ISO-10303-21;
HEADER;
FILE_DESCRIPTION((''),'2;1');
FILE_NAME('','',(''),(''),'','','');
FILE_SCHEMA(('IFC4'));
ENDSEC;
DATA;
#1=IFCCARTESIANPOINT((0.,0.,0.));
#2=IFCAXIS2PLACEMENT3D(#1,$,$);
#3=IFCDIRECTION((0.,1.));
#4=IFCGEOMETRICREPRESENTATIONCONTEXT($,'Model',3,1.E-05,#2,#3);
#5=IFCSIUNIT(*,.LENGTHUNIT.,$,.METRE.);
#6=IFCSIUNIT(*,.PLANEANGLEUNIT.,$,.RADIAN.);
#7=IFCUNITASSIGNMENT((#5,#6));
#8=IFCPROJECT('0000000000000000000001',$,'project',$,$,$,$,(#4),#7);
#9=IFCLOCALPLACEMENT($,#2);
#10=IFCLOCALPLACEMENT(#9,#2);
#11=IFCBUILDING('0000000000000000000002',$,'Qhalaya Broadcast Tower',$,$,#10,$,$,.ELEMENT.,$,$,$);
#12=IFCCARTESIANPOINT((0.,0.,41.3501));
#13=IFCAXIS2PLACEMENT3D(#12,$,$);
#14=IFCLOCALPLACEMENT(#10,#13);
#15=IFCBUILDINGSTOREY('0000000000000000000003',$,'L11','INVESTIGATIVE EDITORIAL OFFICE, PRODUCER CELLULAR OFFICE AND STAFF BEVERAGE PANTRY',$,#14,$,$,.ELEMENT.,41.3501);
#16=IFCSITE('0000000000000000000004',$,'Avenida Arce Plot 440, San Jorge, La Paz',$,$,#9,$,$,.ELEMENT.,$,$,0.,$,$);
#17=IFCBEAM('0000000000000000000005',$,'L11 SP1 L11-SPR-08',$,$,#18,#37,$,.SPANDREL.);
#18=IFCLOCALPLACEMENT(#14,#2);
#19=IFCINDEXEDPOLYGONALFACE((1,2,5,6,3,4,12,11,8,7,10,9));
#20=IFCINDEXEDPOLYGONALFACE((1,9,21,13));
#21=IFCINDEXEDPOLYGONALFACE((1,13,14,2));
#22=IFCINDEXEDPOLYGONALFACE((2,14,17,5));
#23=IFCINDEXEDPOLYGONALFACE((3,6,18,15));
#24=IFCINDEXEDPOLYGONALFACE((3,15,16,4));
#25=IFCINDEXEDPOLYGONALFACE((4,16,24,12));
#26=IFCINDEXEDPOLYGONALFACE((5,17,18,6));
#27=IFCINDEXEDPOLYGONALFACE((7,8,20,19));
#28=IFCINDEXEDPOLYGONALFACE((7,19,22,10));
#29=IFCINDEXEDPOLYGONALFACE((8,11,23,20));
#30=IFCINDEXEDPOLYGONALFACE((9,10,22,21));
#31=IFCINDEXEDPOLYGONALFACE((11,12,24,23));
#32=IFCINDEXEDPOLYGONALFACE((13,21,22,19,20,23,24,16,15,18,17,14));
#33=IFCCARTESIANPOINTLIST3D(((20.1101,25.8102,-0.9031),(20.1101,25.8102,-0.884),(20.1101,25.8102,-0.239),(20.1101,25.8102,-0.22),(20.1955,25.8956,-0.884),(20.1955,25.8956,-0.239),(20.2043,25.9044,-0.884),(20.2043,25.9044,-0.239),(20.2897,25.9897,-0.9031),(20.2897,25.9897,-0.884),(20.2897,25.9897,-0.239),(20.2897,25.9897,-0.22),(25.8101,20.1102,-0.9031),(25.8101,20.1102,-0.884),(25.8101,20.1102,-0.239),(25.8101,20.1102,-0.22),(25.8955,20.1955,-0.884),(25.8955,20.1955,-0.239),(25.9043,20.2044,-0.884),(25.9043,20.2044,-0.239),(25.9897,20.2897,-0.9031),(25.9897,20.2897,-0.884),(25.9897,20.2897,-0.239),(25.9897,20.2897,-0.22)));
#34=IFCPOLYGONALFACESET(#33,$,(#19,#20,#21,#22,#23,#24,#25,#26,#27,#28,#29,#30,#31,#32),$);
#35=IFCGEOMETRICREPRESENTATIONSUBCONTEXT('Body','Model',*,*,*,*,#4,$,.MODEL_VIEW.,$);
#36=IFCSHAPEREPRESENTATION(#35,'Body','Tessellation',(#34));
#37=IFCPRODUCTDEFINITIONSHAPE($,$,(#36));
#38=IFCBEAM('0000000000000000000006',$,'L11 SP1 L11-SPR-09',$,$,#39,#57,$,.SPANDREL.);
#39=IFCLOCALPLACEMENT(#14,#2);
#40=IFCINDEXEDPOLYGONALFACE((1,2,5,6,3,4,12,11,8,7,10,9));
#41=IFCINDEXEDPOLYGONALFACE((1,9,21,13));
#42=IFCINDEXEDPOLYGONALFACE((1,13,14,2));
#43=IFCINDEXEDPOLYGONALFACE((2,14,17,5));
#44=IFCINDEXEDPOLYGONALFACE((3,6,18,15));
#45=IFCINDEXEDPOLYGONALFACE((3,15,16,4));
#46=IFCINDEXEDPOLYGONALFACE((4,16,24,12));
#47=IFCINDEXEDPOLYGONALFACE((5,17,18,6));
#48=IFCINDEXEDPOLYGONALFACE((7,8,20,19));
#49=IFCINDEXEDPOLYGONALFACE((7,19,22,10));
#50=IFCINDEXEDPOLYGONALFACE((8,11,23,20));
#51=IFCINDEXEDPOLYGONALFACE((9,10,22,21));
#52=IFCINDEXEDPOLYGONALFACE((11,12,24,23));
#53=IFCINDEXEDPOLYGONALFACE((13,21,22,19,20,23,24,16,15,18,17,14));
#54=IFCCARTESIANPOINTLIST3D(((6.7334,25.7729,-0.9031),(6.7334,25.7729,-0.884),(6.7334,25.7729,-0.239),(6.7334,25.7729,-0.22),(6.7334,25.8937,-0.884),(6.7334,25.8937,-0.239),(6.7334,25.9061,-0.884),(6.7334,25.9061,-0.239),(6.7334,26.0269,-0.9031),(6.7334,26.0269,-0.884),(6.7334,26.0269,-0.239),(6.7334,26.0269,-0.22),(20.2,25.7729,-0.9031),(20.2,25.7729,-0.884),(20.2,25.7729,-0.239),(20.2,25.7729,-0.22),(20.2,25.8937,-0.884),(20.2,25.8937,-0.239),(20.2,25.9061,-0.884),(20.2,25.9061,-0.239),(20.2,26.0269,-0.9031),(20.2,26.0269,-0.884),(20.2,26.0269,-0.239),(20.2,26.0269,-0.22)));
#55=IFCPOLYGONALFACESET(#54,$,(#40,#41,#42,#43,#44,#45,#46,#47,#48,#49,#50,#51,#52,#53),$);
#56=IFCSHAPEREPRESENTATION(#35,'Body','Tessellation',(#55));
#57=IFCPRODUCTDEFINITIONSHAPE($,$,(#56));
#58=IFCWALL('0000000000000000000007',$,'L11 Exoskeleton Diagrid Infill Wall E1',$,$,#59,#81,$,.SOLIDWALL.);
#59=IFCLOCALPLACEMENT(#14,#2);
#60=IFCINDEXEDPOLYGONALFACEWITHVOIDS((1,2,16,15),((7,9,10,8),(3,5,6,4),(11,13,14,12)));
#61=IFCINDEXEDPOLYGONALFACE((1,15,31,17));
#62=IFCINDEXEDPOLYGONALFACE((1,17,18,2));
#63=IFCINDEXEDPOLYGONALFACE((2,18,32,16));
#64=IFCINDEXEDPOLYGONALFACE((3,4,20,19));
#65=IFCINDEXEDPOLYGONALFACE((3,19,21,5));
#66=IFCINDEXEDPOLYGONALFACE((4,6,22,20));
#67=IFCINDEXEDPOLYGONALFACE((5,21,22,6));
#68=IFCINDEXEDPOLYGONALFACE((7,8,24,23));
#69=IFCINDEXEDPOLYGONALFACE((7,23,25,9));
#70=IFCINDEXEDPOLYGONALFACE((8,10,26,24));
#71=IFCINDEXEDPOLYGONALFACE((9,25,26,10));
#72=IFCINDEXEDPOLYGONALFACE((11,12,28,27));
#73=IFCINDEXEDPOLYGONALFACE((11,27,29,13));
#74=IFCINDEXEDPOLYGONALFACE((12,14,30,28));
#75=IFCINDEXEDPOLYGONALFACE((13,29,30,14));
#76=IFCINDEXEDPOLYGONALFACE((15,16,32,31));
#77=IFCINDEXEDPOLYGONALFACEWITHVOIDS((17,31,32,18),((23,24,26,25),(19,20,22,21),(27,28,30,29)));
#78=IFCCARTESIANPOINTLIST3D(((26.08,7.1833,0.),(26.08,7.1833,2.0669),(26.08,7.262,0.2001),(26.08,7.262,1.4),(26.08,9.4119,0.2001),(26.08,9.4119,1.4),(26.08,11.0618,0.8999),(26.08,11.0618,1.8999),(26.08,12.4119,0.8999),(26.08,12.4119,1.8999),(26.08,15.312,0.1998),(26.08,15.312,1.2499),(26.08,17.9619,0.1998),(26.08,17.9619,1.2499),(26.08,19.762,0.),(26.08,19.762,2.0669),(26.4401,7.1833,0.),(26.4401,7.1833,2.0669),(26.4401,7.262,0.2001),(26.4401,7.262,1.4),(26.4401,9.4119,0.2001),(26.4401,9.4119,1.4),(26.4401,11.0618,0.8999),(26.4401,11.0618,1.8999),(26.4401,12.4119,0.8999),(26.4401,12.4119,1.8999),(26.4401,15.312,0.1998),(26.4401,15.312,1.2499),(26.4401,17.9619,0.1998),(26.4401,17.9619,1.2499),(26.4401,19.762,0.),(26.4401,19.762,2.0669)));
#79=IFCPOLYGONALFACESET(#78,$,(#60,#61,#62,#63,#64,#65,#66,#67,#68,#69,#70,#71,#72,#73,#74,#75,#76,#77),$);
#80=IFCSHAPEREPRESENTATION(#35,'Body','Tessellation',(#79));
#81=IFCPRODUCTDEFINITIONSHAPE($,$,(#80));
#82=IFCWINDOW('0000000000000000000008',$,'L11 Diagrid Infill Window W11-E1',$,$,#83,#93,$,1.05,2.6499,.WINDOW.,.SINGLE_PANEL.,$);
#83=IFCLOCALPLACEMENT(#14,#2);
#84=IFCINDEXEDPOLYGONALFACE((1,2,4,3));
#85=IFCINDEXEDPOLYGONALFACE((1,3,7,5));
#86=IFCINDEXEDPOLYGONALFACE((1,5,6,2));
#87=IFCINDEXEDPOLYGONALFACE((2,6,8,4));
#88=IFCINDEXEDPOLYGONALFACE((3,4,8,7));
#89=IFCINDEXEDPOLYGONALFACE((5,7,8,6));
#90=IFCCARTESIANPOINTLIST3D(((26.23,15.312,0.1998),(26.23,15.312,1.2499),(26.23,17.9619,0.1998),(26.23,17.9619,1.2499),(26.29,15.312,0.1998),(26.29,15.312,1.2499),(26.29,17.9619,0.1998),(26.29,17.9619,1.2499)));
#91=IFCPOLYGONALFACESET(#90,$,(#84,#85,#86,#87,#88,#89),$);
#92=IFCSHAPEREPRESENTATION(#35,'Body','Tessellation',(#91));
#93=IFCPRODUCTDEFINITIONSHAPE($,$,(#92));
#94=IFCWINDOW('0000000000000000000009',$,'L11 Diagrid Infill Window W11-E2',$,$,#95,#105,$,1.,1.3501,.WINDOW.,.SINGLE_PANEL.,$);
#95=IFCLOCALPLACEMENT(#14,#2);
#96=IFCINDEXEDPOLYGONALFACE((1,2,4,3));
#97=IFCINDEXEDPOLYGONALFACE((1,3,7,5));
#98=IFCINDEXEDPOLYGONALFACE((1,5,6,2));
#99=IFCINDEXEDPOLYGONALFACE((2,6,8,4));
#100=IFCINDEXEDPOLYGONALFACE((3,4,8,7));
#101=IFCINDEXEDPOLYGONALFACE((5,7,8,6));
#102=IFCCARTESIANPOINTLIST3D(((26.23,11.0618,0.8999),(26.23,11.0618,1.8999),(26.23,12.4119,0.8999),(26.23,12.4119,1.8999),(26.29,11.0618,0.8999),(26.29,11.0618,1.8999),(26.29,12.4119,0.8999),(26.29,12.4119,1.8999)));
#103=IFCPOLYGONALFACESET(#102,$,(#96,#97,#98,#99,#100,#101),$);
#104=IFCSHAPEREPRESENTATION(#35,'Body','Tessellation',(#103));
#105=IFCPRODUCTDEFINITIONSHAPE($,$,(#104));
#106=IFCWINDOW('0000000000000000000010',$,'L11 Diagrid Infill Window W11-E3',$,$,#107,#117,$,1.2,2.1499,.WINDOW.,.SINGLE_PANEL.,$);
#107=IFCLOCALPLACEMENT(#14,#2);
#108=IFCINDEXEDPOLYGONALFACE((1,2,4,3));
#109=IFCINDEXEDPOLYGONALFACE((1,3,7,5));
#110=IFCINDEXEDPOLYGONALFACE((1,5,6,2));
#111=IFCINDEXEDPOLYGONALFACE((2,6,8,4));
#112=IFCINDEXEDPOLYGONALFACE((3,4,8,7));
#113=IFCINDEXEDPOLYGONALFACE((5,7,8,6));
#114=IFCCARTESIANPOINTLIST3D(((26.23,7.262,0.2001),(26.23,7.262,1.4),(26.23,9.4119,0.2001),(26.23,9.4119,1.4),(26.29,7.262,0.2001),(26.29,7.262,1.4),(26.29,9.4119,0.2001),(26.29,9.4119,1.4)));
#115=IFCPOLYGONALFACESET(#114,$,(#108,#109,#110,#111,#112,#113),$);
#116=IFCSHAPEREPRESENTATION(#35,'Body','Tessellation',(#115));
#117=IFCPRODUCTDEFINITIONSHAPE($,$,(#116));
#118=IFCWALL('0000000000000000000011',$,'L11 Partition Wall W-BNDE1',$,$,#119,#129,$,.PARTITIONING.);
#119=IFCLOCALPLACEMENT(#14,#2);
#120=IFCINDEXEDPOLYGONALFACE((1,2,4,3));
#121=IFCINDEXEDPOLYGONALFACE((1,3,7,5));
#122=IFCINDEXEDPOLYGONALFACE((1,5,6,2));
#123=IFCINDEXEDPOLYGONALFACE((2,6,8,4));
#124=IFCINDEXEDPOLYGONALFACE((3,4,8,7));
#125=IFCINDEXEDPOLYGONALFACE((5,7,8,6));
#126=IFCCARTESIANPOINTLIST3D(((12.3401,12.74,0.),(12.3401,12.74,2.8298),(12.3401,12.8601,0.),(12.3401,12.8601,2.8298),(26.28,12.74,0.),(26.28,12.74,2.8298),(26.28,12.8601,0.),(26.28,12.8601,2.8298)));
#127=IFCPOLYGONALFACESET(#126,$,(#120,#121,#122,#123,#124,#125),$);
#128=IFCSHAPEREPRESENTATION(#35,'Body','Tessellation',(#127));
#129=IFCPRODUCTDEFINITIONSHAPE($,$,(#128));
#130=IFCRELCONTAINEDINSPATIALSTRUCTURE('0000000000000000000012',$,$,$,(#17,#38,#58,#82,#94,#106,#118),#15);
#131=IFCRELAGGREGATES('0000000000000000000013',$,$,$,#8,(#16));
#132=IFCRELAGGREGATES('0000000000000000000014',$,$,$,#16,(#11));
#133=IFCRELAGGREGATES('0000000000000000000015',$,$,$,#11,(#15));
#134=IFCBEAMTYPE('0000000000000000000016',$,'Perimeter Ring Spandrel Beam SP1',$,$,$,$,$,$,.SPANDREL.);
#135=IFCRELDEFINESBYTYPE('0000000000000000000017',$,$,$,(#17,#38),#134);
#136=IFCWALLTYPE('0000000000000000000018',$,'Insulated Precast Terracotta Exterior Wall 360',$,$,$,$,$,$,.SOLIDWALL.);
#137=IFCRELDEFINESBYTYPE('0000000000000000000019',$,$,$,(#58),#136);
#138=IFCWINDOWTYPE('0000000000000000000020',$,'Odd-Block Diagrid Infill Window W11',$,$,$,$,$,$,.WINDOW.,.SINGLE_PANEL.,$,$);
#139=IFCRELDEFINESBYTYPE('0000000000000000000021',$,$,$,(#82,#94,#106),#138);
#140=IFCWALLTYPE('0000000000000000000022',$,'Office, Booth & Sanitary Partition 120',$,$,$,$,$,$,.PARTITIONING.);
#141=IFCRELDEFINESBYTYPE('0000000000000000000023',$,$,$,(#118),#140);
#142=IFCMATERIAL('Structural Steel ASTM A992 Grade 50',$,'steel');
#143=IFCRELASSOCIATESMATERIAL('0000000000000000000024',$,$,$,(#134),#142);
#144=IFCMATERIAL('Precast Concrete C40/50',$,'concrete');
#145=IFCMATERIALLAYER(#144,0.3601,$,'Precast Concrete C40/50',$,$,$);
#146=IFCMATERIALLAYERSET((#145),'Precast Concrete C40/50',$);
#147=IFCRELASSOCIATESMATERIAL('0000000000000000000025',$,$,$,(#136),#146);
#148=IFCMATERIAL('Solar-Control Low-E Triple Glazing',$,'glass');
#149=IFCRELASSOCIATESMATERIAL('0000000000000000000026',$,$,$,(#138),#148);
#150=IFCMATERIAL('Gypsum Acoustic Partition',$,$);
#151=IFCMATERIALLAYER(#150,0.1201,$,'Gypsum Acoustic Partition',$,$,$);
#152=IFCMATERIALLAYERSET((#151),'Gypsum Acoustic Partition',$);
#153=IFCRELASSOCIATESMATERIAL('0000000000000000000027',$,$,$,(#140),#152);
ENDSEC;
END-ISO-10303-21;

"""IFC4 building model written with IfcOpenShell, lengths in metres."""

from ifc_helpers import new_model, si_unit, direction, frame, frame_2d, origin, origin_2d, place, context, subcontext, project, spatial, rectangle, i_section, extrude, material, layer, layer_set, material_profile, profile_set, type_object, element, fill, save


model = new_model("IFC4")

# Units and contexts
model_context = context("Model", 3, precision=1e-05, world=origin(), true_north=direction((0.0, 1.0)))
body_context = subcontext(model_context, "Body", "Model", "MODEL_VIEW")
ifc_project = project(units=[si_unit("LENGTHUNIT", "METRE"), si_unit("PLANEANGLEUNIT", "RADIAN")], contexts=[model_context])

# Site, building, storey
site_placement = place(None, origin())
site = spatial("IfcSite", under=ifc_project, at=site_placement, Name="Avenida Arce Plot 440, San Jorge, La Paz", CompositionType="ELEMENT", RefElevation=0.0)
building_placement = place(site_placement, origin())
building = spatial("IfcBuilding", under=site, at=building_placement, Name="Qhalaya Broadcast Tower", CompositionType="ELEMENT")
storey_placement = place(building_placement, frame((0.0, 0.0, 41.3501)))
storey = spatial("IfcBuildingStorey", under=building, at=storey_placement, Name="L11", Description="INVESTIGATIVE EDITORIAL OFFICE, PRODUCER CELLULAR OFFICE AND STAFF BEVERAGE PANTRY", CompositionType="ELEMENT", Elevation=41.3501)

# Shared definitions
ifc_material_1 = material(Name="Structural Steel ASTM A992 Grade 50", Category="steel")

# Beams
ifc_material_profile_1 = material_profile(ifc_material_1, i_section(OverallWidth=0.2539, OverallDepth=0.6831, WebThickness=0.0125, FlangeThickness=0.019, at=origin_2d()), Name="W27X94")
ifc_profile_set_1 = profile_set([ifc_material_profile_1], Name="Structural Steel ASTM A992 Grade 50")
beam_type_1 = type_object("IfcBeamType", Name="Perimeter Ring Spandrel Beam SP1", PredefinedType="SPANDREL", material=ifc_profile_set_1)
beam_1_placement = place(storey_placement, frame((25.8999, 20.2, -0.5615), z_axis=(-0.707107, 0.707107, 0.0), x_axis=(-0.707107, -0.707107, 0.0)))
element("IfcBeam", 1, at=beam_1_placement, inside=storey, type_object=beam_type_1, Name="L11 SP1 L11-SPR-08", PredefinedType="SPANDREL", context=body_context, shape_type="SweptSolid", body=[
    extrude(i_section(OverallWidth=0.2539, OverallDepth=0.6831, WebThickness=0.0125, FlangeThickness=0.019, at=origin_2d()), origin(), (0.0, 0.0, 1.0), 8.061),
])
beam_2_placement = place(storey_placement, frame((20.2, 25.8999, -0.5615), z_axis=(-1.0, 0.0, 0.0), x_axis=(0.0, -1.0, 0.0)))
element("IfcBeam", 2, at=beam_2_placement, inside=storey, type_object=beam_type_1, Name="L11 SP1 L11-SPR-09", PredefinedType="SPANDREL", context=body_context, shape_type="SweptSolid", body=[
    extrude(i_section(OverallWidth=0.2539, OverallDepth=0.6831, WebThickness=0.0125, FlangeThickness=0.019, at=origin_2d()), origin(), (0.0, 0.0, 1.0), 13.4666),
])

# Wall, openings, windows
ifc_material_2 = material(Name="Precast Concrete C40/50", Category="concrete")
ifc_layer_1 = layer(ifc_material_2, 0.3601, Name="Precast Concrete C40/50")
ifc_layer_set_1 = layer_set([ifc_layer_1], Name="Precast Concrete C40/50")
wall_type_1 = type_object("IfcWallType", Name="Insulated Precast Terracotta Exterior Wall 360", PredefinedType="SOLIDWALL", material=ifc_layer_set_1)
wall_1_placement = place(storey_placement, frame((26.26, 19.762, 0.0), z_axis=(0.0, 0.0, 1.0), x_axis=(0.0, -1.0, 0.0)))
wall_1 = element("IfcWall", 3, at=wall_1_placement, inside=storey, type_object=wall_type_1, Name="L11 Exoskeleton Diagrid Infill Wall E1", PredefinedType="SOLIDWALL", context=body_context, shape_type="SweptSolid", body=[
    extrude(rectangle(XDim=12.5786, YDim=0.3601, at=frame_2d((6.2893, 0.0))), origin(), (0.0, 0.0, 1.0), 2.0669),
])
opening_1_placement = place(wall_1_placement, frame((1.8, 0.0, 0.2)))
opening_1 = element("IfcOpeningElement", 4, at=opening_1_placement, cuts=wall_1, PredefinedType="OPENING", context=body_context, shape_type="SweptSolid", body=[
    extrude(rectangle(XDim=2.6499, YDim=1.05, at=frame_2d((1.325, 0.5249))), frame((0.0, 0.1921, 0.0), z_axis=(0.0, -1.0, 0.0), x_axis=(1.0, 0.0, 0.0)), (0.0, 0.0, 1.0), 0.384),
])
opening_2_placement = place(wall_1_placement, frame((7.3501, 0.0, 0.8999)))
opening_2 = element("IfcOpeningElement", 5, at=opening_2_placement, cuts=wall_1, PredefinedType="OPENING", context=body_context, shape_type="SweptSolid", body=[
    extrude(rectangle(XDim=1.3501, YDim=1.0, at=frame_2d((0.675, 0.5))), frame((0.0, 0.1921, 0.0), z_axis=(0.0, -1.0, 0.0), x_axis=(1.0, 0.0, 0.0)), (0.0, 0.0, 1.0), 0.384),
])
opening_3_placement = place(wall_1_placement, frame((10.3501, 0.0, 0.2)))
opening_3 = element("IfcOpeningElement", 6, at=opening_3_placement, cuts=wall_1, PredefinedType="OPENING", context=body_context, shape_type="SweptSolid", body=[
    extrude(rectangle(XDim=2.1499, YDim=1.2, at=frame_2d((1.075, 0.6001))), frame((0.0, 0.1921, 0.0), z_axis=(0.0, -1.0, 0.0), x_axis=(1.0, 0.0, 0.0)), (0.0, 0.0, 1.0), 0.384),
])
ifc_material_3 = material(Name="Solar-Control Low-E Triple Glazing", Category="glass")
window_type = type_object("IfcWindowType", Name="Odd-Block Diagrid Infill Window W11", PartitioningType="SINGLE_PANEL", PredefinedType="WINDOW", material=ifc_material_3)
window_1_placement = place(opening_1_placement, origin())
window_1 = element("IfcWindow", 7, at=window_1_placement, inside=storey, type_object=window_type, Name="L11 Diagrid Infill Window W11-E1", OverallHeight=1.05, OverallWidth=2.6499, PartitioningType="SINGLE_PANEL", PredefinedType="WINDOW", context=body_context, shape_type="SweptSolid", body=[
    extrude(rectangle(XDim=2.6499, YDim=1.05, at=frame_2d((1.325, 0.5249))), frame((0.0, 0.03, 0.0), z_axis=(0.0, -1.0, 0.0), x_axis=(1.0, 0.0, 0.0)), (0.0, 0.0, 1.0), 0.0601),
])
fill(opening_1, window_1)
window_2_placement = place(opening_2_placement, origin())
window_2 = element("IfcWindow", 8, at=window_2_placement, inside=storey, type_object=window_type, Name="L11 Diagrid Infill Window W11-E2", OverallHeight=1.0, OverallWidth=1.3501, PartitioningType="SINGLE_PANEL", PredefinedType="WINDOW", context=body_context, shape_type="SweptSolid", body=[
    extrude(rectangle(XDim=1.3501, YDim=1.0, at=frame_2d((0.675, 0.5))), frame((0.0, 0.03, 0.0), z_axis=(0.0, -1.0, 0.0), x_axis=(1.0, 0.0, 0.0)), (0.0, 0.0, 1.0), 0.0601),
])
fill(opening_2, window_2)
window_3_placement = place(opening_3_placement, origin())
window_3 = element("IfcWindow", 9, at=window_3_placement, inside=storey, type_object=window_type, Name="L11 Diagrid Infill Window W11-E3", OverallHeight=1.2, OverallWidth=2.1499, PartitioningType="SINGLE_PANEL", PredefinedType="WINDOW", context=body_context, shape_type="SweptSolid", body=[
    extrude(rectangle(XDim=2.1499, YDim=1.2, at=frame_2d((1.075, 0.6001))), frame((0.0, 0.03, 0.0), z_axis=(0.0, -1.0, 0.0), x_axis=(1.0, 0.0, 0.0)), (0.0, 0.0, 1.0), 0.0601),
])
fill(opening_3, window_3)

# Wall
ifc_material_4 = material(Name="Gypsum Acoustic Partition")
ifc_layer_2 = layer(ifc_material_4, 0.1201, Name="Gypsum Acoustic Partition")
ifc_layer_set_2 = layer_set([ifc_layer_2], Name="Gypsum Acoustic Partition")
wall_type_2 = type_object("IfcWallType", Name="Office, Booth & Sanitary Partition 120", PredefinedType="PARTITIONING", material=ifc_layer_set_2)
wall_2_placement = place(storey_placement, frame((12.3401, 12.8, 0.0), z_axis=(0.0, 0.0, 1.0), x_axis=(1.0, 0.0, 0.0)))
element("IfcWall", 10, at=wall_2_placement, inside=storey, type_object=wall_type_2, Name="L11 Partition Wall W-BNDE1", PredefinedType="PARTITIONING", context=body_context, shape_type="SweptSolid", body=[
    extrude(rectangle(XDim=13.9399, YDim=0.1201, at=frame_2d((6.97, 0.0))), origin(), (0.0, 0.0, 1.0), 2.8298),
])

save(model, "model.ifc")
